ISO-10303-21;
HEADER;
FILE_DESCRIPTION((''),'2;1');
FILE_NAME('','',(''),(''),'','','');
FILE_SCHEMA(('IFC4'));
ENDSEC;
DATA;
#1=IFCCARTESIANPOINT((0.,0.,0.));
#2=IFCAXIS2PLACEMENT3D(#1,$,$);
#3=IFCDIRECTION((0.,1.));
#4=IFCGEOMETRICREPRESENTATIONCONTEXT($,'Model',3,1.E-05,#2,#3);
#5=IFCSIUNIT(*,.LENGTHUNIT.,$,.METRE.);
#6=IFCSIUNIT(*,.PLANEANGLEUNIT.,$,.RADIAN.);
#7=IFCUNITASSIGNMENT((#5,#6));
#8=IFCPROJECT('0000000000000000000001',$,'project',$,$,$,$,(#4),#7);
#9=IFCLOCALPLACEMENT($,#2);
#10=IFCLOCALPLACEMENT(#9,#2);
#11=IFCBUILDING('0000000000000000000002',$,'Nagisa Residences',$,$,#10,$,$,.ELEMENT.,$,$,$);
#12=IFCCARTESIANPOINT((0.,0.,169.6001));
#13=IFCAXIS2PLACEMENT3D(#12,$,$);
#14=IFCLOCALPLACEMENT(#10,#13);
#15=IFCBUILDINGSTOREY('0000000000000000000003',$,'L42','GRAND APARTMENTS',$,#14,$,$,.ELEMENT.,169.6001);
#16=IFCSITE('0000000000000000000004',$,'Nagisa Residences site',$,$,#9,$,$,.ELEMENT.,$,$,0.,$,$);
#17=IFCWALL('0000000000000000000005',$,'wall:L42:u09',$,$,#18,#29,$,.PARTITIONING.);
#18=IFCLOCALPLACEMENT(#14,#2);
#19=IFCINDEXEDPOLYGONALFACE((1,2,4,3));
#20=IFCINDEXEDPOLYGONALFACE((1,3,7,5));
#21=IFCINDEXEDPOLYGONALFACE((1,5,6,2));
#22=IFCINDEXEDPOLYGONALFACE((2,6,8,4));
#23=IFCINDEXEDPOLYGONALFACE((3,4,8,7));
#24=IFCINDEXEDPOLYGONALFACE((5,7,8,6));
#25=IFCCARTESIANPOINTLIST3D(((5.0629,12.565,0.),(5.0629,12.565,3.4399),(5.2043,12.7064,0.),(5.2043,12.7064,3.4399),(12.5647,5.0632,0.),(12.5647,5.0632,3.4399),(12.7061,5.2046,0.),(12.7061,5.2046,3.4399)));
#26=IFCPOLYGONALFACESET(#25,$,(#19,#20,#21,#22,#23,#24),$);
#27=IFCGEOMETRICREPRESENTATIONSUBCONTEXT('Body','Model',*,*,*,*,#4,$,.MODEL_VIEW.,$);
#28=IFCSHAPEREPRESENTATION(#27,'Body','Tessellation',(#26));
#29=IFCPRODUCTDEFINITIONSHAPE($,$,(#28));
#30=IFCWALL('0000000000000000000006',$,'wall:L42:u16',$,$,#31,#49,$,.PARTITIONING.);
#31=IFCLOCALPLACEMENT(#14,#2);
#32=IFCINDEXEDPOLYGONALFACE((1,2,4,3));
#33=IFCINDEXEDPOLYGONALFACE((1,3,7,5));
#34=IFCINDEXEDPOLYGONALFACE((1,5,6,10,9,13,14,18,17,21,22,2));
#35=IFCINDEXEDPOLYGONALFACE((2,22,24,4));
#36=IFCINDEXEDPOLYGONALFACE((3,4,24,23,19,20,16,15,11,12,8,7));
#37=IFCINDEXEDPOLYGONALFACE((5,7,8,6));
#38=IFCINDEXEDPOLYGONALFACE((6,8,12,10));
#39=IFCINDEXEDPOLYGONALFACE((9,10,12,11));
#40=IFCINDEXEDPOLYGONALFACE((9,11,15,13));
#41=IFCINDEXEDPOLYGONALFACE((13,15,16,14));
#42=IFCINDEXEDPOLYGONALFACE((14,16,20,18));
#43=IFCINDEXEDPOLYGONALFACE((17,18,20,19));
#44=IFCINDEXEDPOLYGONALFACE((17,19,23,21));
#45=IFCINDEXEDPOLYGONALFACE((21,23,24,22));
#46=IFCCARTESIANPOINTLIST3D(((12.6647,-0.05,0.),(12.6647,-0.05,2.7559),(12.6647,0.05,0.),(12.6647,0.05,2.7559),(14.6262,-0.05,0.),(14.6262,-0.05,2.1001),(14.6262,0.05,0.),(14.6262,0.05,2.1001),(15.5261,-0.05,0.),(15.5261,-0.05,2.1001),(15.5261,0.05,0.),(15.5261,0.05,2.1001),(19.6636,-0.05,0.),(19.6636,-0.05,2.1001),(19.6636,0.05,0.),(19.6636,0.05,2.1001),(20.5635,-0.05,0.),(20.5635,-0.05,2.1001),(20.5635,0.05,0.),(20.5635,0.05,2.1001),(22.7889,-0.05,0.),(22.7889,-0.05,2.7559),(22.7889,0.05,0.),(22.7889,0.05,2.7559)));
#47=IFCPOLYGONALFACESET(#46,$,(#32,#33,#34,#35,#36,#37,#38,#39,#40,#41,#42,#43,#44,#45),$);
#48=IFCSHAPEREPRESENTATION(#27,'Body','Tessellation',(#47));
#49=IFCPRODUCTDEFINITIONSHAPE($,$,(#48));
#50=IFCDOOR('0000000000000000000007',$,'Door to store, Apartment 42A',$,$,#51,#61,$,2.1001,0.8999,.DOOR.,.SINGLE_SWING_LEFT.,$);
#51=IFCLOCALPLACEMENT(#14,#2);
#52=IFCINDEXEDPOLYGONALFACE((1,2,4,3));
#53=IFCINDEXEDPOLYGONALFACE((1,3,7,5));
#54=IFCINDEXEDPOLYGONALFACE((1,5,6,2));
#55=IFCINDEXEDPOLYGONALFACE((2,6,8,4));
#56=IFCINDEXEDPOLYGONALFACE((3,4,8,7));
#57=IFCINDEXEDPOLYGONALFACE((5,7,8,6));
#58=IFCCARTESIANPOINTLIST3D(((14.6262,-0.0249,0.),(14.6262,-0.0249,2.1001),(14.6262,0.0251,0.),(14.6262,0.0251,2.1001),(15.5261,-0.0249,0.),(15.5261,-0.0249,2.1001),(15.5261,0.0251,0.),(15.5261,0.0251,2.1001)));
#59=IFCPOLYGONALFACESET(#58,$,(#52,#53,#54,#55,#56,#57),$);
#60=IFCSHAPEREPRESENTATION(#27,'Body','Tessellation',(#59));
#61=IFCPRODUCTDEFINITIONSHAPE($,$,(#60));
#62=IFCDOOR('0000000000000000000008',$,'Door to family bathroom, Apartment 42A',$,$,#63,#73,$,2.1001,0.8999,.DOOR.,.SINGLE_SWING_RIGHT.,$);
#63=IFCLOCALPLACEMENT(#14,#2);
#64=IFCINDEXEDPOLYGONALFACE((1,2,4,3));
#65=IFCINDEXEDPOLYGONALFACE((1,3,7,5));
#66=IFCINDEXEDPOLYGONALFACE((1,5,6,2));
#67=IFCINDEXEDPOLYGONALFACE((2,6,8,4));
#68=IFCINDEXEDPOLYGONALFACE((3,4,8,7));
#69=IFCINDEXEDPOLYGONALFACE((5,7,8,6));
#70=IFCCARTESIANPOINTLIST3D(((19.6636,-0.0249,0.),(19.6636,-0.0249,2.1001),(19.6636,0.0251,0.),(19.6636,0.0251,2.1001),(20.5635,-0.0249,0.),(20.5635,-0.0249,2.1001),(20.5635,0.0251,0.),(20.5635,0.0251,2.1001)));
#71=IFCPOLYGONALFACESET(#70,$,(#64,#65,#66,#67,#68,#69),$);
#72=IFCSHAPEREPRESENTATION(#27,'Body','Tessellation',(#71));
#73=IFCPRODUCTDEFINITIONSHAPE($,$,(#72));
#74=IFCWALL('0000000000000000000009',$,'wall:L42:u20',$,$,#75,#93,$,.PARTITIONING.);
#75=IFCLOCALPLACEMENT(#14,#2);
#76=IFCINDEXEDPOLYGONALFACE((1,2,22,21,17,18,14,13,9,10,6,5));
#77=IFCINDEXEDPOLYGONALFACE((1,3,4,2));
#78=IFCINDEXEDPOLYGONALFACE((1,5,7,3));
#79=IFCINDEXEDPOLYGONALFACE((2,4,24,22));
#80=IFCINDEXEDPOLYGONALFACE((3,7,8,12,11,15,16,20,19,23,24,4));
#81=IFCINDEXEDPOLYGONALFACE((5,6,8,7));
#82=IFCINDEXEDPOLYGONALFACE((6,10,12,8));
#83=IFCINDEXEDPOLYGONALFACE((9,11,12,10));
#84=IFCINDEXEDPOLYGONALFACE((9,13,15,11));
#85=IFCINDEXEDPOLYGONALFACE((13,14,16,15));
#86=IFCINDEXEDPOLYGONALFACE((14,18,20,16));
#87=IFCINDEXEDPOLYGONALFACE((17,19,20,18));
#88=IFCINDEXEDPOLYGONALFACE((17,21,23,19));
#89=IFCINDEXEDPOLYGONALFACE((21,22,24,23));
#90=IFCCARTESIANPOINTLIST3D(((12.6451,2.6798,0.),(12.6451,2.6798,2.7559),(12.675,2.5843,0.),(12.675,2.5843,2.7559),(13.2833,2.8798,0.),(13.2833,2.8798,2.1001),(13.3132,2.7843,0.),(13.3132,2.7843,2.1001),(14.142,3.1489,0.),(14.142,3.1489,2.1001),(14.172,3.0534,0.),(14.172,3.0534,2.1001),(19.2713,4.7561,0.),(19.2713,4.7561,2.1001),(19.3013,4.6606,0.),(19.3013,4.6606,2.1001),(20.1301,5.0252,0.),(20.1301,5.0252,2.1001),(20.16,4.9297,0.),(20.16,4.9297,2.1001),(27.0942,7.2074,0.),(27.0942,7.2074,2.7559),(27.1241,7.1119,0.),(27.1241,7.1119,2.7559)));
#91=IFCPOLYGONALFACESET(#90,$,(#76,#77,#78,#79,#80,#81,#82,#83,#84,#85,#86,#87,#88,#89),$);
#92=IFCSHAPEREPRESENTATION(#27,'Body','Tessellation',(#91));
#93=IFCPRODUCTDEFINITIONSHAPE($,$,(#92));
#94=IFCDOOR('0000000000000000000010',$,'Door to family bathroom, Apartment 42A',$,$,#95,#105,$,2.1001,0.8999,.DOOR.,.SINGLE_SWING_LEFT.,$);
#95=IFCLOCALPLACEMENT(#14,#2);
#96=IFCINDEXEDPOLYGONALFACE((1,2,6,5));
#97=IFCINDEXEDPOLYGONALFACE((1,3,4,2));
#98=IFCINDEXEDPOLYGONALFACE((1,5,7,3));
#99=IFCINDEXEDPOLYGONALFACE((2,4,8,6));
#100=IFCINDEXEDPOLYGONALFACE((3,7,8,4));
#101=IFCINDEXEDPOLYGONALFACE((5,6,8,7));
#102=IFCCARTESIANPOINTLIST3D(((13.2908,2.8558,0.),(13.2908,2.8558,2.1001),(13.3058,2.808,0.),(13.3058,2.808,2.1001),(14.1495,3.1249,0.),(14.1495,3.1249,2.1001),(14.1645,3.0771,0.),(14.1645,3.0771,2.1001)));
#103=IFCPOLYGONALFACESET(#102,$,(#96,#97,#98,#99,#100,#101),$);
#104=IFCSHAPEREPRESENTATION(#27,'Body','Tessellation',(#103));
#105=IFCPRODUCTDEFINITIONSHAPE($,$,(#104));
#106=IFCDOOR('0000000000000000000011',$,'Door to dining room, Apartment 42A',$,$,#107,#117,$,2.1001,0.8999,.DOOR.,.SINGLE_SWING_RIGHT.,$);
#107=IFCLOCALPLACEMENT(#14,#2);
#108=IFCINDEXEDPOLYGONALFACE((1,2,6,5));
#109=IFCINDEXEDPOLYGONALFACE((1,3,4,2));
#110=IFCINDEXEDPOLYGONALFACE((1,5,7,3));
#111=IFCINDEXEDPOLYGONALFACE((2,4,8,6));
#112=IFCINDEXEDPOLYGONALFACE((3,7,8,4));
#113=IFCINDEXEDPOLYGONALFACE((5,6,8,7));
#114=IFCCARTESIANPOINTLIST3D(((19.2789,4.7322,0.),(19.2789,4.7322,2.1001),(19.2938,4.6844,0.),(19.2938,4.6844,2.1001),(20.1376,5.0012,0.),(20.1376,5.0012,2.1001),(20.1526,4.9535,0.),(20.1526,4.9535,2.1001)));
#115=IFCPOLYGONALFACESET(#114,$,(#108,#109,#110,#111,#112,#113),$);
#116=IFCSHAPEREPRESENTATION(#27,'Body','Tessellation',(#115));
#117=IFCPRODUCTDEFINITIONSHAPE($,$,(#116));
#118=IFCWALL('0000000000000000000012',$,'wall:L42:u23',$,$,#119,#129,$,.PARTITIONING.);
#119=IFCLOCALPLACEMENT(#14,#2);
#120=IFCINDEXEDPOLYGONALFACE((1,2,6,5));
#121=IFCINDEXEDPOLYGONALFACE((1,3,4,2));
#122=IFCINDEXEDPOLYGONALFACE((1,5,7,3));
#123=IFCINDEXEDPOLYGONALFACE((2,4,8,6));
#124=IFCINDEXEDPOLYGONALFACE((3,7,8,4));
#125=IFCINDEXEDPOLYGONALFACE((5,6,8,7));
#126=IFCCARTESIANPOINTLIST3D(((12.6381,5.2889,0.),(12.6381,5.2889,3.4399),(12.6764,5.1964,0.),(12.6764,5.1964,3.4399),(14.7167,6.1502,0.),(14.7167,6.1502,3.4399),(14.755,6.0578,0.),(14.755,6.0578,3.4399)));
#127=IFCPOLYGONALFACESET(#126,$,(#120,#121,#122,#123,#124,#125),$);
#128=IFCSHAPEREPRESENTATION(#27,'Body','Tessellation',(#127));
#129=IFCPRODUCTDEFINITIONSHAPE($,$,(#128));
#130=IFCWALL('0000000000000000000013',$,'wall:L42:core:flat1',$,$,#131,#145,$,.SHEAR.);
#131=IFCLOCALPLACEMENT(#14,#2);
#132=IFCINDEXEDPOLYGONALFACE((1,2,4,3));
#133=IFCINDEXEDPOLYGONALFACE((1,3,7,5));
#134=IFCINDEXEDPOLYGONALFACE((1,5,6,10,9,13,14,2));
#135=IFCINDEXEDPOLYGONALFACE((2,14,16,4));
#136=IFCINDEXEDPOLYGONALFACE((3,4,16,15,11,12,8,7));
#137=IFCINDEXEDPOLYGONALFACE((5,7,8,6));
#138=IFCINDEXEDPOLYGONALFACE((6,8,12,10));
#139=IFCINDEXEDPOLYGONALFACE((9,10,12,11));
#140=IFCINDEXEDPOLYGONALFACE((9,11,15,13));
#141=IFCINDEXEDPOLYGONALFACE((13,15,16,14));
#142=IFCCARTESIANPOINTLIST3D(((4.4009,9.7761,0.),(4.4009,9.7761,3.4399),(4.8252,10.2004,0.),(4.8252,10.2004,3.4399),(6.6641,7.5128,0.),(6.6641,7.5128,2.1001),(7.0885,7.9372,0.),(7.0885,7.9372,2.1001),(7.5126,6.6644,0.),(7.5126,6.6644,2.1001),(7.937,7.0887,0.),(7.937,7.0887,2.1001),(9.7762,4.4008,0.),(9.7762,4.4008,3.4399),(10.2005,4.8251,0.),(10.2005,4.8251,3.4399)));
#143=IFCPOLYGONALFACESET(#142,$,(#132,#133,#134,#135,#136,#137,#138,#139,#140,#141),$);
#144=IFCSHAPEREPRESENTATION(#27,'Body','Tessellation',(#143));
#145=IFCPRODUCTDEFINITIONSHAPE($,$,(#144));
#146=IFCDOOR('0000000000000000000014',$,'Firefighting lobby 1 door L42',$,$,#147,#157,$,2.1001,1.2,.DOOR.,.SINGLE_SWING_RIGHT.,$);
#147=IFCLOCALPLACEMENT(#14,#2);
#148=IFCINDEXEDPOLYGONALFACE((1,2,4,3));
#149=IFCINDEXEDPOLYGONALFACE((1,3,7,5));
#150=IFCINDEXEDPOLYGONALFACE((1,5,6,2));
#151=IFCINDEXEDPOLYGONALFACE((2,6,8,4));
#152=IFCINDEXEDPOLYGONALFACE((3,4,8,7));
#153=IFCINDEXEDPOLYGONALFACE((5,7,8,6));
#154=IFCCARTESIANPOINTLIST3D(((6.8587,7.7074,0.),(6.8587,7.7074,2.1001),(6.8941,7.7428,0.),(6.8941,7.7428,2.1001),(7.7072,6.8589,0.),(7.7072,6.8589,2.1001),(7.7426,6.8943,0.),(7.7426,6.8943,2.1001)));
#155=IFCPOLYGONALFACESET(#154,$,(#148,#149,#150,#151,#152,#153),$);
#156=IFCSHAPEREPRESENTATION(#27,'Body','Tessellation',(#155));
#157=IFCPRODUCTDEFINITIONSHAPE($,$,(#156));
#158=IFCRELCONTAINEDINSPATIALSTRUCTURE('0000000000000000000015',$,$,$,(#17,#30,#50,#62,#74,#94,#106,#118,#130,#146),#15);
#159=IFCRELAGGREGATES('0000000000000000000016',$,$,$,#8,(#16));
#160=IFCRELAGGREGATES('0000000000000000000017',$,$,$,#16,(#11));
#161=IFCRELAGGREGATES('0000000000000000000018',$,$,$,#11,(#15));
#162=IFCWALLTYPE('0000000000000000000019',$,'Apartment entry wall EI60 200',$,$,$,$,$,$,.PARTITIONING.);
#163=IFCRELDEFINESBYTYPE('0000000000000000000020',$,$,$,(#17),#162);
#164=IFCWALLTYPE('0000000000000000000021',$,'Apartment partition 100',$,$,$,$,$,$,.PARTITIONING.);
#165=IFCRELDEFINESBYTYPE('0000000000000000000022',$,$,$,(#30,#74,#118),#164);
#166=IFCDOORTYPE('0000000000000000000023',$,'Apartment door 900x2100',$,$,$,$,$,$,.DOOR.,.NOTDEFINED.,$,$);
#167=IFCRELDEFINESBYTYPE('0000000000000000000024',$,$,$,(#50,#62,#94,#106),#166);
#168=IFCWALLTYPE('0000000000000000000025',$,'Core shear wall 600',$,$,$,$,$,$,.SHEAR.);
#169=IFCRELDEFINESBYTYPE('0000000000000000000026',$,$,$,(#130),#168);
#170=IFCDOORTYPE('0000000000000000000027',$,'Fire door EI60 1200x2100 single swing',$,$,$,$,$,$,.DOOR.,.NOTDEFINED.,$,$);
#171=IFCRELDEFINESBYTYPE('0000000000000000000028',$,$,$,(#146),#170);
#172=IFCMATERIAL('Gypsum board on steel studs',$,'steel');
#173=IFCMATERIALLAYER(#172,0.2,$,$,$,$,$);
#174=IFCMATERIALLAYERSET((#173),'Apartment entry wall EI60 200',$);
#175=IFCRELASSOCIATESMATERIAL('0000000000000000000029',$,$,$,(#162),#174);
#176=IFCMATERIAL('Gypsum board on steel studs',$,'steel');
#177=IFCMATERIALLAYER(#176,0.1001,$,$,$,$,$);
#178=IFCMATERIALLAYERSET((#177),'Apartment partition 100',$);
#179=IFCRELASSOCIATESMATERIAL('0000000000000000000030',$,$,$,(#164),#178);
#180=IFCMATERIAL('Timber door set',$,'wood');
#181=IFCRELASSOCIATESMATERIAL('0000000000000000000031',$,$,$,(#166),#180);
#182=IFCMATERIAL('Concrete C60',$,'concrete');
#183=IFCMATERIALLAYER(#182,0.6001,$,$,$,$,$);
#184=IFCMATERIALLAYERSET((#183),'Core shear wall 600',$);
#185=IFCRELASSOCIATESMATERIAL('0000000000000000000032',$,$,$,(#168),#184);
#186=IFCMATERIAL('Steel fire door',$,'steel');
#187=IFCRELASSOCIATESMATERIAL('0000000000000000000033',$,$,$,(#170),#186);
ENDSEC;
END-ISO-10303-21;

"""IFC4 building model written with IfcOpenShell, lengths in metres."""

from ifc_helpers import new_model, si_unit, direction, frame, frame_2d, origin, place, context, subcontext, project, spatial, rectangle, extrude, material, layer, layer_set, type_object, element, fill, save


model = new_model("IFC4")

# Units and contexts
model_context = context("Model", 3, precision=1e-05, world=origin(), true_north=direction((0.0, 1.0)))
body_context = subcontext(model_context, "Body", "Model", "MODEL_VIEW")
ifc_project = project(units=[si_unit("LENGTHUNIT", "METRE"), si_unit("PLANEANGLEUNIT", "RADIAN")], contexts=[model_context])

# Site, building, storey
site_placement = place(None, origin())
site = spatial("IfcSite", under=ifc_project, at=site_placement, Name="Nagisa Residences site", CompositionType="ELEMENT", RefElevation=0.0)
building_placement = place(site_placement, origin())
building = spatial("IfcBuilding", under=site, at=building_placement, Name="Nagisa Residences", CompositionType="ELEMENT")
storey_placement = place(building_placement, frame((0.0, 0.0, 169.6001)))
storey = spatial("IfcBuildingStorey", under=building, at=storey_placement, Name="L42", Description="GRAND APARTMENTS", CompositionType="ELEMENT", Elevation=169.6001)

# Wall
ifc_material_1 = material(Name="Gypsum board on steel studs", Category="steel")
ifc_layer_1 = layer(ifc_material_1, 0.2)
ifc_layer_set_1 = layer_set([ifc_layer_1], Name="Apartment entry wall EI60 200")
wall_type_1 = type_object("IfcWallType", Name="Apartment entry wall EI60 200", PredefinedType="PARTITIONING", material=ifc_layer_set_1)
wall_1_placement = place(storey_placement, frame((12.6355, 5.1338, 0.0), z_axis=(0.0, 0.0, 1.0), x_axis=(-0.707107, 0.707107, 0.0)))
element("IfcWall", 1, at=wall_1_placement, inside=storey, type_object=wall_type_1, Name="wall:L42:u09", PredefinedType="PARTITIONING", context=body_context, shape_type="SweptSolid", body=[
    extrude(rectangle(XDim=10.6091, YDim=0.2, at=frame_2d((5.3047, 0.0))), origin(), (0.0, 0.0, 1.0), 3.4399),
])

# Walls, openings, doors
ifc_material_2 = material(Name="Gypsum board on steel studs", Category="steel")
ifc_layer_2 = layer(ifc_material_2, 0.1001)
ifc_layer_set_2 = layer_set([ifc_layer_2], Name="Apartment partition 100")
wall_type_2 = type_object("IfcWallType", Name="Apartment partition 100", PredefinedType="PARTITIONING", material=ifc_layer_set_2)
wall_2_placement = place(storey_placement, frame((12.6648, 0.0, 0.0), z_axis=(0.0, 0.0, 1.0), x_axis=(1.0, 0.0, 0.0)))
wall_2 = element("IfcWall", 2, at=wall_2_placement, inside=storey, type_object=wall_type_2, Name="wall:L42:u16", PredefinedType="PARTITIONING", context=body_context, shape_type="SweptSolid", body=[
    extrude(rectangle(XDim=10.1243, YDim=0.1001, at=frame_2d((5.062, 0.0))), origin(), (0.0, 0.0, 1.0), 2.7559),
])
opening_1_placement = place(wall_2_placement, frame((1.9614, 0.0, 0.0)))
opening_1 = element("IfcOpeningElement", 3, at=opening_1_placement, cuts=wall_2, PredefinedType="OPENING", context=body_context, shape_type="SweptSolid", body=[
    extrude(rectangle(XDim=0.8999, YDim=2.1001, at=frame_2d((0.45, 1.05))), frame((0.0, 0.0601, 0.0), z_axis=(0.0, -1.0, 0.0), x_axis=(1.0, 0.0, 0.0)), (0.0, 0.0, 1.0), 0.1201),
])
opening_2_placement = place(wall_2_placement, frame((6.9988, 0.0, 0.0)))
opening_2 = element("IfcOpeningElement", 4, at=opening_2_placement, cuts=wall_2, PredefinedType="OPENING", context=body_context, shape_type="SweptSolid", body=[
    extrude(rectangle(XDim=0.8999, YDim=2.1001, at=frame_2d((0.45, 1.05))), frame((0.0, 0.0601, 0.0), z_axis=(0.0, -1.0, 0.0), x_axis=(1.0, 0.0, 0.0)), (0.0, 0.0, 1.0), 0.1201),
])
ifc_material_3 = material(Name="Timber door set", Category="wood")
door_type_1 = type_object("IfcDoorType", Name="Apartment door 900x2100", OperationType="NOTDEFINED", PredefinedType="DOOR", material=ifc_material_3)
door_1_placement = place(opening_1_placement, frame((0.8999, 0.0, 0.0), x_axis=(-1.0, 0.0, 0.0)))
door_1 = element("IfcDoor", 5, at=door_1_placement, inside=storey, type_object=door_type_1, Name="Door to store, Apartment 42A", OperationType="SINGLE_SWING_LEFT", OverallHeight=2.1001, OverallWidth=0.8999, PredefinedType="DOOR", context=body_context, shape_type="SweptSolid", body=[
    extrude(rectangle(XDim=0.8999, YDim=2.1001, at=frame_2d((0.45, 1.05))), frame((0.0, 0.0249, 0.0), z_axis=(0.0, -1.0, 0.0), x_axis=(1.0, 0.0, 0.0)), (0.0, 0.0, 1.0), 0.05),
])
fill(opening_1, door_1)
door_2_placement = place(opening_2_placement, frame((0.8999, 0.0, 0.0), x_axis=(-1.0, 0.0, 0.0)))
door_2 = element("IfcDoor", 6, at=door_2_placement, inside=storey, type_object=door_type_1, Name="Door to family bathroom, Apartment 42A", OperationType="SINGLE_SWING_RIGHT", OverallHeight=2.1001, OverallWidth=0.8999, PredefinedType="DOOR", context=body_context, shape_type="SweptSolid", body=[
    extrude(rectangle(XDim=0.8999, YDim=2.1001, at=frame_2d((0.45, 1.05))), frame((0.0, 0.0249, 0.0), z_axis=(0.0, -1.0, 0.0), x_axis=(1.0, 0.0, 0.0)), (0.0, 0.0, 1.0), 0.05),
])
fill(opening_2, door_2)
wall_3_placement = place(storey_placement, frame((12.6602, 2.6321, 0.0), z_axis=(0.0, 0.0, 1.0), x_axis=(0.954249, 0.299014, 0.0)))
wall_3 = element("IfcWall", 7, at=wall_3_placement, inside=storey, type_object=wall_type_2, Name="wall:L42:u20", PredefinedType="PARTITIONING", context=body_context, shape_type="SweptSolid", body=[
    extrude(rectangle(XDim=15.1418, YDim=0.1001, at=frame_2d((7.5708, 0.0))), origin(), (0.0, 0.0, 1.0), 2.7559),
])
opening_3_placement = place(wall_3_placement, frame((0.6687, 0.0, 0.0)))
opening_3 = element("IfcOpeningElement", 8, at=opening_3_placement, cuts=wall_3, PredefinedType="OPENING", context=body_context, shape_type="SweptSolid", body=[
    extrude(rectangle(XDim=0.8999, YDim=2.1001, at=frame_2d((0.45, 1.05))), frame((0.0, 0.0601, 0.0), z_axis=(0.0, -1.0, 0.0), x_axis=(1.0, 0.0, 0.0)), (0.0, 0.0, 1.0), 0.1201),
])
opening_4_placement = place(wall_3_placement, frame((6.9438, 0.0, 0.0)))
opening_4 = element("IfcOpeningElement", 9, at=opening_4_placement, cuts=wall_3, PredefinedType="OPENING", context=body_context, shape_type="SweptSolid", body=[
    extrude(rectangle(XDim=0.8999, YDim=2.1001, at=frame_2d((0.45, 1.05))), frame((0.0, 0.0601, 0.0), z_axis=(0.0, -1.0, 0.0), x_axis=(1.0, 0.0, 0.0)), (0.0, 0.0, 1.0), 0.1201),
])
door_3_placement = place(opening_3_placement, origin())
door_3 = element("IfcDoor", 10, at=door_3_placement, inside=storey, type_object=door_type_1, Name="Door to family bathroom, Apartment 42A", OperationType="SINGLE_SWING_LEFT", OverallHeight=2.1001, OverallWidth=0.8999, PredefinedType="DOOR", context=body_context, shape_type="SweptSolid", body=[
    extrude(rectangle(XDim=0.8999, YDim=2.1001, at=frame_2d((0.45, 1.05))), frame((0.0, 0.0249, 0.0), z_axis=(0.0, -1.0, 0.0), x_axis=(1.0, 0.0, 0.0)), (0.0, 0.0, 1.0), 0.05),
])
fill(opening_3, door_3)
door_4_placement = place(opening_4_placement, origin())
door_4 = element("IfcDoor", 11, at=door_4_placement, inside=storey, type_object=door_type_1, Name="Door to dining room, Apartment 42A", OperationType="SINGLE_SWING_RIGHT", OverallHeight=2.1001, OverallWidth=0.8999, PredefinedType="DOOR", context=body_context, shape_type="SweptSolid", body=[
    extrude(rectangle(XDim=0.8999, YDim=2.1001, at=frame_2d((0.45, 1.05))), frame((0.0, 0.0249, 0.0), z_axis=(0.0, -1.0, 0.0), x_axis=(1.0, 0.0, 0.0)), (0.0, 0.0, 1.0), 0.05),
])
fill(opening_4, door_4)

# Wall
wall_4_placement = place(storey_placement, frame((12.6572, 5.2427, 0.0), z_axis=(0.0, 0.0, 1.0), x_axis=(0.923826, 0.382812, 0.0)))
element("IfcWall", 12, at=wall_4_placement, inside=storey, type_object=wall_type_2, Name="wall:L42:u23", PredefinedType="PARTITIONING", context=body_context, shape_type="SweptSolid", body=[
    extrude(rectangle(XDim=2.25, YDim=0.1001, at=frame_2d((1.125, 0.0))), origin(), (0.0, 0.0, 1.0), 3.4399),
])

# Wall, opening, door
ifc_material_4 = material(Name="Concrete C60", Category="concrete")
ifc_layer_3 = layer(ifc_material_4, 0.6001)
ifc_layer_set_3 = layer_set([ifc_layer_3], Name="Core shear wall 600")
wall_type_3 = type_object("IfcWallType", Name="Core shear wall 600", PredefinedType="SHEAR", material=ifc_layer_set_3)
wall_5_placement = place(storey_placement, frame((9.9883, 4.613, 0.0), z_axis=(0.0, 0.0, 1.0), x_axis=(-0.707107, 0.707107, 0.0)))
wall_5 = element("IfcWall", 13, at=wall_5_placement, inside=storey, type_object=wall_type_3, Name="wall:L42:core:flat1", PredefinedType="SHEAR", context=body_context, shape_type="SweptSolid", body=[
    extrude(rectangle(XDim=7.6018, YDim=0.6001, at=frame_2d((3.8008, 0.0))), origin(), (0.0, 0.0, 1.0), 3.4399),
])
opening_5_placement = place(wall_5_placement, frame((3.2009, 0.0, 0.0)))
opening_5 = element("IfcOpeningElement", 14, at=opening_5_placement, cuts=wall_5, PredefinedType="OPENING", context=body_context, shape_type="SweptSolid", body=[
    extrude(rectangle(XDim=1.2, YDim=2.1001, at=frame_2d((0.6001, 1.05))), frame((0.0, 0.3101, 0.0), z_axis=(0.0, -1.0, 0.0), x_axis=(1.0, 0.0, 0.0)), (0.0, 0.0, 1.0), 0.6201),
])
ifc_material_5 = material(Name="Steel fire door", Category="steel")
door_type_2 = type_object("IfcDoorType", Name="Fire door EI60 1200x2100 single swing", OperationType="NOTDEFINED", PredefinedType="DOOR", material=ifc_material_5)
door_5_placement = place(opening_5_placement, origin())
door_5 = element("IfcDoor", 15, at=door_5_placement, inside=storey, type_object=door_type_2, Name="Firefighting lobby 1 door L42", OperationType="SINGLE_SWING_RIGHT", OverallHeight=2.1001, OverallWidth=1.2, PredefinedType="DOOR", context=body_context, shape_type="SweptSolid", body=[
    extrude(rectangle(XDim=1.2, YDim=2.1001, at=frame_2d((0.6001, 1.05))), frame((0.0, 0.0249, 0.0), z_axis=(0.0, -1.0, 0.0), x_axis=(1.0, 0.0, 0.0)), (0.0, 0.0, 1.0), 0.05),
])
fill(opening_5, door_5)

save(model, "model.ifc")
